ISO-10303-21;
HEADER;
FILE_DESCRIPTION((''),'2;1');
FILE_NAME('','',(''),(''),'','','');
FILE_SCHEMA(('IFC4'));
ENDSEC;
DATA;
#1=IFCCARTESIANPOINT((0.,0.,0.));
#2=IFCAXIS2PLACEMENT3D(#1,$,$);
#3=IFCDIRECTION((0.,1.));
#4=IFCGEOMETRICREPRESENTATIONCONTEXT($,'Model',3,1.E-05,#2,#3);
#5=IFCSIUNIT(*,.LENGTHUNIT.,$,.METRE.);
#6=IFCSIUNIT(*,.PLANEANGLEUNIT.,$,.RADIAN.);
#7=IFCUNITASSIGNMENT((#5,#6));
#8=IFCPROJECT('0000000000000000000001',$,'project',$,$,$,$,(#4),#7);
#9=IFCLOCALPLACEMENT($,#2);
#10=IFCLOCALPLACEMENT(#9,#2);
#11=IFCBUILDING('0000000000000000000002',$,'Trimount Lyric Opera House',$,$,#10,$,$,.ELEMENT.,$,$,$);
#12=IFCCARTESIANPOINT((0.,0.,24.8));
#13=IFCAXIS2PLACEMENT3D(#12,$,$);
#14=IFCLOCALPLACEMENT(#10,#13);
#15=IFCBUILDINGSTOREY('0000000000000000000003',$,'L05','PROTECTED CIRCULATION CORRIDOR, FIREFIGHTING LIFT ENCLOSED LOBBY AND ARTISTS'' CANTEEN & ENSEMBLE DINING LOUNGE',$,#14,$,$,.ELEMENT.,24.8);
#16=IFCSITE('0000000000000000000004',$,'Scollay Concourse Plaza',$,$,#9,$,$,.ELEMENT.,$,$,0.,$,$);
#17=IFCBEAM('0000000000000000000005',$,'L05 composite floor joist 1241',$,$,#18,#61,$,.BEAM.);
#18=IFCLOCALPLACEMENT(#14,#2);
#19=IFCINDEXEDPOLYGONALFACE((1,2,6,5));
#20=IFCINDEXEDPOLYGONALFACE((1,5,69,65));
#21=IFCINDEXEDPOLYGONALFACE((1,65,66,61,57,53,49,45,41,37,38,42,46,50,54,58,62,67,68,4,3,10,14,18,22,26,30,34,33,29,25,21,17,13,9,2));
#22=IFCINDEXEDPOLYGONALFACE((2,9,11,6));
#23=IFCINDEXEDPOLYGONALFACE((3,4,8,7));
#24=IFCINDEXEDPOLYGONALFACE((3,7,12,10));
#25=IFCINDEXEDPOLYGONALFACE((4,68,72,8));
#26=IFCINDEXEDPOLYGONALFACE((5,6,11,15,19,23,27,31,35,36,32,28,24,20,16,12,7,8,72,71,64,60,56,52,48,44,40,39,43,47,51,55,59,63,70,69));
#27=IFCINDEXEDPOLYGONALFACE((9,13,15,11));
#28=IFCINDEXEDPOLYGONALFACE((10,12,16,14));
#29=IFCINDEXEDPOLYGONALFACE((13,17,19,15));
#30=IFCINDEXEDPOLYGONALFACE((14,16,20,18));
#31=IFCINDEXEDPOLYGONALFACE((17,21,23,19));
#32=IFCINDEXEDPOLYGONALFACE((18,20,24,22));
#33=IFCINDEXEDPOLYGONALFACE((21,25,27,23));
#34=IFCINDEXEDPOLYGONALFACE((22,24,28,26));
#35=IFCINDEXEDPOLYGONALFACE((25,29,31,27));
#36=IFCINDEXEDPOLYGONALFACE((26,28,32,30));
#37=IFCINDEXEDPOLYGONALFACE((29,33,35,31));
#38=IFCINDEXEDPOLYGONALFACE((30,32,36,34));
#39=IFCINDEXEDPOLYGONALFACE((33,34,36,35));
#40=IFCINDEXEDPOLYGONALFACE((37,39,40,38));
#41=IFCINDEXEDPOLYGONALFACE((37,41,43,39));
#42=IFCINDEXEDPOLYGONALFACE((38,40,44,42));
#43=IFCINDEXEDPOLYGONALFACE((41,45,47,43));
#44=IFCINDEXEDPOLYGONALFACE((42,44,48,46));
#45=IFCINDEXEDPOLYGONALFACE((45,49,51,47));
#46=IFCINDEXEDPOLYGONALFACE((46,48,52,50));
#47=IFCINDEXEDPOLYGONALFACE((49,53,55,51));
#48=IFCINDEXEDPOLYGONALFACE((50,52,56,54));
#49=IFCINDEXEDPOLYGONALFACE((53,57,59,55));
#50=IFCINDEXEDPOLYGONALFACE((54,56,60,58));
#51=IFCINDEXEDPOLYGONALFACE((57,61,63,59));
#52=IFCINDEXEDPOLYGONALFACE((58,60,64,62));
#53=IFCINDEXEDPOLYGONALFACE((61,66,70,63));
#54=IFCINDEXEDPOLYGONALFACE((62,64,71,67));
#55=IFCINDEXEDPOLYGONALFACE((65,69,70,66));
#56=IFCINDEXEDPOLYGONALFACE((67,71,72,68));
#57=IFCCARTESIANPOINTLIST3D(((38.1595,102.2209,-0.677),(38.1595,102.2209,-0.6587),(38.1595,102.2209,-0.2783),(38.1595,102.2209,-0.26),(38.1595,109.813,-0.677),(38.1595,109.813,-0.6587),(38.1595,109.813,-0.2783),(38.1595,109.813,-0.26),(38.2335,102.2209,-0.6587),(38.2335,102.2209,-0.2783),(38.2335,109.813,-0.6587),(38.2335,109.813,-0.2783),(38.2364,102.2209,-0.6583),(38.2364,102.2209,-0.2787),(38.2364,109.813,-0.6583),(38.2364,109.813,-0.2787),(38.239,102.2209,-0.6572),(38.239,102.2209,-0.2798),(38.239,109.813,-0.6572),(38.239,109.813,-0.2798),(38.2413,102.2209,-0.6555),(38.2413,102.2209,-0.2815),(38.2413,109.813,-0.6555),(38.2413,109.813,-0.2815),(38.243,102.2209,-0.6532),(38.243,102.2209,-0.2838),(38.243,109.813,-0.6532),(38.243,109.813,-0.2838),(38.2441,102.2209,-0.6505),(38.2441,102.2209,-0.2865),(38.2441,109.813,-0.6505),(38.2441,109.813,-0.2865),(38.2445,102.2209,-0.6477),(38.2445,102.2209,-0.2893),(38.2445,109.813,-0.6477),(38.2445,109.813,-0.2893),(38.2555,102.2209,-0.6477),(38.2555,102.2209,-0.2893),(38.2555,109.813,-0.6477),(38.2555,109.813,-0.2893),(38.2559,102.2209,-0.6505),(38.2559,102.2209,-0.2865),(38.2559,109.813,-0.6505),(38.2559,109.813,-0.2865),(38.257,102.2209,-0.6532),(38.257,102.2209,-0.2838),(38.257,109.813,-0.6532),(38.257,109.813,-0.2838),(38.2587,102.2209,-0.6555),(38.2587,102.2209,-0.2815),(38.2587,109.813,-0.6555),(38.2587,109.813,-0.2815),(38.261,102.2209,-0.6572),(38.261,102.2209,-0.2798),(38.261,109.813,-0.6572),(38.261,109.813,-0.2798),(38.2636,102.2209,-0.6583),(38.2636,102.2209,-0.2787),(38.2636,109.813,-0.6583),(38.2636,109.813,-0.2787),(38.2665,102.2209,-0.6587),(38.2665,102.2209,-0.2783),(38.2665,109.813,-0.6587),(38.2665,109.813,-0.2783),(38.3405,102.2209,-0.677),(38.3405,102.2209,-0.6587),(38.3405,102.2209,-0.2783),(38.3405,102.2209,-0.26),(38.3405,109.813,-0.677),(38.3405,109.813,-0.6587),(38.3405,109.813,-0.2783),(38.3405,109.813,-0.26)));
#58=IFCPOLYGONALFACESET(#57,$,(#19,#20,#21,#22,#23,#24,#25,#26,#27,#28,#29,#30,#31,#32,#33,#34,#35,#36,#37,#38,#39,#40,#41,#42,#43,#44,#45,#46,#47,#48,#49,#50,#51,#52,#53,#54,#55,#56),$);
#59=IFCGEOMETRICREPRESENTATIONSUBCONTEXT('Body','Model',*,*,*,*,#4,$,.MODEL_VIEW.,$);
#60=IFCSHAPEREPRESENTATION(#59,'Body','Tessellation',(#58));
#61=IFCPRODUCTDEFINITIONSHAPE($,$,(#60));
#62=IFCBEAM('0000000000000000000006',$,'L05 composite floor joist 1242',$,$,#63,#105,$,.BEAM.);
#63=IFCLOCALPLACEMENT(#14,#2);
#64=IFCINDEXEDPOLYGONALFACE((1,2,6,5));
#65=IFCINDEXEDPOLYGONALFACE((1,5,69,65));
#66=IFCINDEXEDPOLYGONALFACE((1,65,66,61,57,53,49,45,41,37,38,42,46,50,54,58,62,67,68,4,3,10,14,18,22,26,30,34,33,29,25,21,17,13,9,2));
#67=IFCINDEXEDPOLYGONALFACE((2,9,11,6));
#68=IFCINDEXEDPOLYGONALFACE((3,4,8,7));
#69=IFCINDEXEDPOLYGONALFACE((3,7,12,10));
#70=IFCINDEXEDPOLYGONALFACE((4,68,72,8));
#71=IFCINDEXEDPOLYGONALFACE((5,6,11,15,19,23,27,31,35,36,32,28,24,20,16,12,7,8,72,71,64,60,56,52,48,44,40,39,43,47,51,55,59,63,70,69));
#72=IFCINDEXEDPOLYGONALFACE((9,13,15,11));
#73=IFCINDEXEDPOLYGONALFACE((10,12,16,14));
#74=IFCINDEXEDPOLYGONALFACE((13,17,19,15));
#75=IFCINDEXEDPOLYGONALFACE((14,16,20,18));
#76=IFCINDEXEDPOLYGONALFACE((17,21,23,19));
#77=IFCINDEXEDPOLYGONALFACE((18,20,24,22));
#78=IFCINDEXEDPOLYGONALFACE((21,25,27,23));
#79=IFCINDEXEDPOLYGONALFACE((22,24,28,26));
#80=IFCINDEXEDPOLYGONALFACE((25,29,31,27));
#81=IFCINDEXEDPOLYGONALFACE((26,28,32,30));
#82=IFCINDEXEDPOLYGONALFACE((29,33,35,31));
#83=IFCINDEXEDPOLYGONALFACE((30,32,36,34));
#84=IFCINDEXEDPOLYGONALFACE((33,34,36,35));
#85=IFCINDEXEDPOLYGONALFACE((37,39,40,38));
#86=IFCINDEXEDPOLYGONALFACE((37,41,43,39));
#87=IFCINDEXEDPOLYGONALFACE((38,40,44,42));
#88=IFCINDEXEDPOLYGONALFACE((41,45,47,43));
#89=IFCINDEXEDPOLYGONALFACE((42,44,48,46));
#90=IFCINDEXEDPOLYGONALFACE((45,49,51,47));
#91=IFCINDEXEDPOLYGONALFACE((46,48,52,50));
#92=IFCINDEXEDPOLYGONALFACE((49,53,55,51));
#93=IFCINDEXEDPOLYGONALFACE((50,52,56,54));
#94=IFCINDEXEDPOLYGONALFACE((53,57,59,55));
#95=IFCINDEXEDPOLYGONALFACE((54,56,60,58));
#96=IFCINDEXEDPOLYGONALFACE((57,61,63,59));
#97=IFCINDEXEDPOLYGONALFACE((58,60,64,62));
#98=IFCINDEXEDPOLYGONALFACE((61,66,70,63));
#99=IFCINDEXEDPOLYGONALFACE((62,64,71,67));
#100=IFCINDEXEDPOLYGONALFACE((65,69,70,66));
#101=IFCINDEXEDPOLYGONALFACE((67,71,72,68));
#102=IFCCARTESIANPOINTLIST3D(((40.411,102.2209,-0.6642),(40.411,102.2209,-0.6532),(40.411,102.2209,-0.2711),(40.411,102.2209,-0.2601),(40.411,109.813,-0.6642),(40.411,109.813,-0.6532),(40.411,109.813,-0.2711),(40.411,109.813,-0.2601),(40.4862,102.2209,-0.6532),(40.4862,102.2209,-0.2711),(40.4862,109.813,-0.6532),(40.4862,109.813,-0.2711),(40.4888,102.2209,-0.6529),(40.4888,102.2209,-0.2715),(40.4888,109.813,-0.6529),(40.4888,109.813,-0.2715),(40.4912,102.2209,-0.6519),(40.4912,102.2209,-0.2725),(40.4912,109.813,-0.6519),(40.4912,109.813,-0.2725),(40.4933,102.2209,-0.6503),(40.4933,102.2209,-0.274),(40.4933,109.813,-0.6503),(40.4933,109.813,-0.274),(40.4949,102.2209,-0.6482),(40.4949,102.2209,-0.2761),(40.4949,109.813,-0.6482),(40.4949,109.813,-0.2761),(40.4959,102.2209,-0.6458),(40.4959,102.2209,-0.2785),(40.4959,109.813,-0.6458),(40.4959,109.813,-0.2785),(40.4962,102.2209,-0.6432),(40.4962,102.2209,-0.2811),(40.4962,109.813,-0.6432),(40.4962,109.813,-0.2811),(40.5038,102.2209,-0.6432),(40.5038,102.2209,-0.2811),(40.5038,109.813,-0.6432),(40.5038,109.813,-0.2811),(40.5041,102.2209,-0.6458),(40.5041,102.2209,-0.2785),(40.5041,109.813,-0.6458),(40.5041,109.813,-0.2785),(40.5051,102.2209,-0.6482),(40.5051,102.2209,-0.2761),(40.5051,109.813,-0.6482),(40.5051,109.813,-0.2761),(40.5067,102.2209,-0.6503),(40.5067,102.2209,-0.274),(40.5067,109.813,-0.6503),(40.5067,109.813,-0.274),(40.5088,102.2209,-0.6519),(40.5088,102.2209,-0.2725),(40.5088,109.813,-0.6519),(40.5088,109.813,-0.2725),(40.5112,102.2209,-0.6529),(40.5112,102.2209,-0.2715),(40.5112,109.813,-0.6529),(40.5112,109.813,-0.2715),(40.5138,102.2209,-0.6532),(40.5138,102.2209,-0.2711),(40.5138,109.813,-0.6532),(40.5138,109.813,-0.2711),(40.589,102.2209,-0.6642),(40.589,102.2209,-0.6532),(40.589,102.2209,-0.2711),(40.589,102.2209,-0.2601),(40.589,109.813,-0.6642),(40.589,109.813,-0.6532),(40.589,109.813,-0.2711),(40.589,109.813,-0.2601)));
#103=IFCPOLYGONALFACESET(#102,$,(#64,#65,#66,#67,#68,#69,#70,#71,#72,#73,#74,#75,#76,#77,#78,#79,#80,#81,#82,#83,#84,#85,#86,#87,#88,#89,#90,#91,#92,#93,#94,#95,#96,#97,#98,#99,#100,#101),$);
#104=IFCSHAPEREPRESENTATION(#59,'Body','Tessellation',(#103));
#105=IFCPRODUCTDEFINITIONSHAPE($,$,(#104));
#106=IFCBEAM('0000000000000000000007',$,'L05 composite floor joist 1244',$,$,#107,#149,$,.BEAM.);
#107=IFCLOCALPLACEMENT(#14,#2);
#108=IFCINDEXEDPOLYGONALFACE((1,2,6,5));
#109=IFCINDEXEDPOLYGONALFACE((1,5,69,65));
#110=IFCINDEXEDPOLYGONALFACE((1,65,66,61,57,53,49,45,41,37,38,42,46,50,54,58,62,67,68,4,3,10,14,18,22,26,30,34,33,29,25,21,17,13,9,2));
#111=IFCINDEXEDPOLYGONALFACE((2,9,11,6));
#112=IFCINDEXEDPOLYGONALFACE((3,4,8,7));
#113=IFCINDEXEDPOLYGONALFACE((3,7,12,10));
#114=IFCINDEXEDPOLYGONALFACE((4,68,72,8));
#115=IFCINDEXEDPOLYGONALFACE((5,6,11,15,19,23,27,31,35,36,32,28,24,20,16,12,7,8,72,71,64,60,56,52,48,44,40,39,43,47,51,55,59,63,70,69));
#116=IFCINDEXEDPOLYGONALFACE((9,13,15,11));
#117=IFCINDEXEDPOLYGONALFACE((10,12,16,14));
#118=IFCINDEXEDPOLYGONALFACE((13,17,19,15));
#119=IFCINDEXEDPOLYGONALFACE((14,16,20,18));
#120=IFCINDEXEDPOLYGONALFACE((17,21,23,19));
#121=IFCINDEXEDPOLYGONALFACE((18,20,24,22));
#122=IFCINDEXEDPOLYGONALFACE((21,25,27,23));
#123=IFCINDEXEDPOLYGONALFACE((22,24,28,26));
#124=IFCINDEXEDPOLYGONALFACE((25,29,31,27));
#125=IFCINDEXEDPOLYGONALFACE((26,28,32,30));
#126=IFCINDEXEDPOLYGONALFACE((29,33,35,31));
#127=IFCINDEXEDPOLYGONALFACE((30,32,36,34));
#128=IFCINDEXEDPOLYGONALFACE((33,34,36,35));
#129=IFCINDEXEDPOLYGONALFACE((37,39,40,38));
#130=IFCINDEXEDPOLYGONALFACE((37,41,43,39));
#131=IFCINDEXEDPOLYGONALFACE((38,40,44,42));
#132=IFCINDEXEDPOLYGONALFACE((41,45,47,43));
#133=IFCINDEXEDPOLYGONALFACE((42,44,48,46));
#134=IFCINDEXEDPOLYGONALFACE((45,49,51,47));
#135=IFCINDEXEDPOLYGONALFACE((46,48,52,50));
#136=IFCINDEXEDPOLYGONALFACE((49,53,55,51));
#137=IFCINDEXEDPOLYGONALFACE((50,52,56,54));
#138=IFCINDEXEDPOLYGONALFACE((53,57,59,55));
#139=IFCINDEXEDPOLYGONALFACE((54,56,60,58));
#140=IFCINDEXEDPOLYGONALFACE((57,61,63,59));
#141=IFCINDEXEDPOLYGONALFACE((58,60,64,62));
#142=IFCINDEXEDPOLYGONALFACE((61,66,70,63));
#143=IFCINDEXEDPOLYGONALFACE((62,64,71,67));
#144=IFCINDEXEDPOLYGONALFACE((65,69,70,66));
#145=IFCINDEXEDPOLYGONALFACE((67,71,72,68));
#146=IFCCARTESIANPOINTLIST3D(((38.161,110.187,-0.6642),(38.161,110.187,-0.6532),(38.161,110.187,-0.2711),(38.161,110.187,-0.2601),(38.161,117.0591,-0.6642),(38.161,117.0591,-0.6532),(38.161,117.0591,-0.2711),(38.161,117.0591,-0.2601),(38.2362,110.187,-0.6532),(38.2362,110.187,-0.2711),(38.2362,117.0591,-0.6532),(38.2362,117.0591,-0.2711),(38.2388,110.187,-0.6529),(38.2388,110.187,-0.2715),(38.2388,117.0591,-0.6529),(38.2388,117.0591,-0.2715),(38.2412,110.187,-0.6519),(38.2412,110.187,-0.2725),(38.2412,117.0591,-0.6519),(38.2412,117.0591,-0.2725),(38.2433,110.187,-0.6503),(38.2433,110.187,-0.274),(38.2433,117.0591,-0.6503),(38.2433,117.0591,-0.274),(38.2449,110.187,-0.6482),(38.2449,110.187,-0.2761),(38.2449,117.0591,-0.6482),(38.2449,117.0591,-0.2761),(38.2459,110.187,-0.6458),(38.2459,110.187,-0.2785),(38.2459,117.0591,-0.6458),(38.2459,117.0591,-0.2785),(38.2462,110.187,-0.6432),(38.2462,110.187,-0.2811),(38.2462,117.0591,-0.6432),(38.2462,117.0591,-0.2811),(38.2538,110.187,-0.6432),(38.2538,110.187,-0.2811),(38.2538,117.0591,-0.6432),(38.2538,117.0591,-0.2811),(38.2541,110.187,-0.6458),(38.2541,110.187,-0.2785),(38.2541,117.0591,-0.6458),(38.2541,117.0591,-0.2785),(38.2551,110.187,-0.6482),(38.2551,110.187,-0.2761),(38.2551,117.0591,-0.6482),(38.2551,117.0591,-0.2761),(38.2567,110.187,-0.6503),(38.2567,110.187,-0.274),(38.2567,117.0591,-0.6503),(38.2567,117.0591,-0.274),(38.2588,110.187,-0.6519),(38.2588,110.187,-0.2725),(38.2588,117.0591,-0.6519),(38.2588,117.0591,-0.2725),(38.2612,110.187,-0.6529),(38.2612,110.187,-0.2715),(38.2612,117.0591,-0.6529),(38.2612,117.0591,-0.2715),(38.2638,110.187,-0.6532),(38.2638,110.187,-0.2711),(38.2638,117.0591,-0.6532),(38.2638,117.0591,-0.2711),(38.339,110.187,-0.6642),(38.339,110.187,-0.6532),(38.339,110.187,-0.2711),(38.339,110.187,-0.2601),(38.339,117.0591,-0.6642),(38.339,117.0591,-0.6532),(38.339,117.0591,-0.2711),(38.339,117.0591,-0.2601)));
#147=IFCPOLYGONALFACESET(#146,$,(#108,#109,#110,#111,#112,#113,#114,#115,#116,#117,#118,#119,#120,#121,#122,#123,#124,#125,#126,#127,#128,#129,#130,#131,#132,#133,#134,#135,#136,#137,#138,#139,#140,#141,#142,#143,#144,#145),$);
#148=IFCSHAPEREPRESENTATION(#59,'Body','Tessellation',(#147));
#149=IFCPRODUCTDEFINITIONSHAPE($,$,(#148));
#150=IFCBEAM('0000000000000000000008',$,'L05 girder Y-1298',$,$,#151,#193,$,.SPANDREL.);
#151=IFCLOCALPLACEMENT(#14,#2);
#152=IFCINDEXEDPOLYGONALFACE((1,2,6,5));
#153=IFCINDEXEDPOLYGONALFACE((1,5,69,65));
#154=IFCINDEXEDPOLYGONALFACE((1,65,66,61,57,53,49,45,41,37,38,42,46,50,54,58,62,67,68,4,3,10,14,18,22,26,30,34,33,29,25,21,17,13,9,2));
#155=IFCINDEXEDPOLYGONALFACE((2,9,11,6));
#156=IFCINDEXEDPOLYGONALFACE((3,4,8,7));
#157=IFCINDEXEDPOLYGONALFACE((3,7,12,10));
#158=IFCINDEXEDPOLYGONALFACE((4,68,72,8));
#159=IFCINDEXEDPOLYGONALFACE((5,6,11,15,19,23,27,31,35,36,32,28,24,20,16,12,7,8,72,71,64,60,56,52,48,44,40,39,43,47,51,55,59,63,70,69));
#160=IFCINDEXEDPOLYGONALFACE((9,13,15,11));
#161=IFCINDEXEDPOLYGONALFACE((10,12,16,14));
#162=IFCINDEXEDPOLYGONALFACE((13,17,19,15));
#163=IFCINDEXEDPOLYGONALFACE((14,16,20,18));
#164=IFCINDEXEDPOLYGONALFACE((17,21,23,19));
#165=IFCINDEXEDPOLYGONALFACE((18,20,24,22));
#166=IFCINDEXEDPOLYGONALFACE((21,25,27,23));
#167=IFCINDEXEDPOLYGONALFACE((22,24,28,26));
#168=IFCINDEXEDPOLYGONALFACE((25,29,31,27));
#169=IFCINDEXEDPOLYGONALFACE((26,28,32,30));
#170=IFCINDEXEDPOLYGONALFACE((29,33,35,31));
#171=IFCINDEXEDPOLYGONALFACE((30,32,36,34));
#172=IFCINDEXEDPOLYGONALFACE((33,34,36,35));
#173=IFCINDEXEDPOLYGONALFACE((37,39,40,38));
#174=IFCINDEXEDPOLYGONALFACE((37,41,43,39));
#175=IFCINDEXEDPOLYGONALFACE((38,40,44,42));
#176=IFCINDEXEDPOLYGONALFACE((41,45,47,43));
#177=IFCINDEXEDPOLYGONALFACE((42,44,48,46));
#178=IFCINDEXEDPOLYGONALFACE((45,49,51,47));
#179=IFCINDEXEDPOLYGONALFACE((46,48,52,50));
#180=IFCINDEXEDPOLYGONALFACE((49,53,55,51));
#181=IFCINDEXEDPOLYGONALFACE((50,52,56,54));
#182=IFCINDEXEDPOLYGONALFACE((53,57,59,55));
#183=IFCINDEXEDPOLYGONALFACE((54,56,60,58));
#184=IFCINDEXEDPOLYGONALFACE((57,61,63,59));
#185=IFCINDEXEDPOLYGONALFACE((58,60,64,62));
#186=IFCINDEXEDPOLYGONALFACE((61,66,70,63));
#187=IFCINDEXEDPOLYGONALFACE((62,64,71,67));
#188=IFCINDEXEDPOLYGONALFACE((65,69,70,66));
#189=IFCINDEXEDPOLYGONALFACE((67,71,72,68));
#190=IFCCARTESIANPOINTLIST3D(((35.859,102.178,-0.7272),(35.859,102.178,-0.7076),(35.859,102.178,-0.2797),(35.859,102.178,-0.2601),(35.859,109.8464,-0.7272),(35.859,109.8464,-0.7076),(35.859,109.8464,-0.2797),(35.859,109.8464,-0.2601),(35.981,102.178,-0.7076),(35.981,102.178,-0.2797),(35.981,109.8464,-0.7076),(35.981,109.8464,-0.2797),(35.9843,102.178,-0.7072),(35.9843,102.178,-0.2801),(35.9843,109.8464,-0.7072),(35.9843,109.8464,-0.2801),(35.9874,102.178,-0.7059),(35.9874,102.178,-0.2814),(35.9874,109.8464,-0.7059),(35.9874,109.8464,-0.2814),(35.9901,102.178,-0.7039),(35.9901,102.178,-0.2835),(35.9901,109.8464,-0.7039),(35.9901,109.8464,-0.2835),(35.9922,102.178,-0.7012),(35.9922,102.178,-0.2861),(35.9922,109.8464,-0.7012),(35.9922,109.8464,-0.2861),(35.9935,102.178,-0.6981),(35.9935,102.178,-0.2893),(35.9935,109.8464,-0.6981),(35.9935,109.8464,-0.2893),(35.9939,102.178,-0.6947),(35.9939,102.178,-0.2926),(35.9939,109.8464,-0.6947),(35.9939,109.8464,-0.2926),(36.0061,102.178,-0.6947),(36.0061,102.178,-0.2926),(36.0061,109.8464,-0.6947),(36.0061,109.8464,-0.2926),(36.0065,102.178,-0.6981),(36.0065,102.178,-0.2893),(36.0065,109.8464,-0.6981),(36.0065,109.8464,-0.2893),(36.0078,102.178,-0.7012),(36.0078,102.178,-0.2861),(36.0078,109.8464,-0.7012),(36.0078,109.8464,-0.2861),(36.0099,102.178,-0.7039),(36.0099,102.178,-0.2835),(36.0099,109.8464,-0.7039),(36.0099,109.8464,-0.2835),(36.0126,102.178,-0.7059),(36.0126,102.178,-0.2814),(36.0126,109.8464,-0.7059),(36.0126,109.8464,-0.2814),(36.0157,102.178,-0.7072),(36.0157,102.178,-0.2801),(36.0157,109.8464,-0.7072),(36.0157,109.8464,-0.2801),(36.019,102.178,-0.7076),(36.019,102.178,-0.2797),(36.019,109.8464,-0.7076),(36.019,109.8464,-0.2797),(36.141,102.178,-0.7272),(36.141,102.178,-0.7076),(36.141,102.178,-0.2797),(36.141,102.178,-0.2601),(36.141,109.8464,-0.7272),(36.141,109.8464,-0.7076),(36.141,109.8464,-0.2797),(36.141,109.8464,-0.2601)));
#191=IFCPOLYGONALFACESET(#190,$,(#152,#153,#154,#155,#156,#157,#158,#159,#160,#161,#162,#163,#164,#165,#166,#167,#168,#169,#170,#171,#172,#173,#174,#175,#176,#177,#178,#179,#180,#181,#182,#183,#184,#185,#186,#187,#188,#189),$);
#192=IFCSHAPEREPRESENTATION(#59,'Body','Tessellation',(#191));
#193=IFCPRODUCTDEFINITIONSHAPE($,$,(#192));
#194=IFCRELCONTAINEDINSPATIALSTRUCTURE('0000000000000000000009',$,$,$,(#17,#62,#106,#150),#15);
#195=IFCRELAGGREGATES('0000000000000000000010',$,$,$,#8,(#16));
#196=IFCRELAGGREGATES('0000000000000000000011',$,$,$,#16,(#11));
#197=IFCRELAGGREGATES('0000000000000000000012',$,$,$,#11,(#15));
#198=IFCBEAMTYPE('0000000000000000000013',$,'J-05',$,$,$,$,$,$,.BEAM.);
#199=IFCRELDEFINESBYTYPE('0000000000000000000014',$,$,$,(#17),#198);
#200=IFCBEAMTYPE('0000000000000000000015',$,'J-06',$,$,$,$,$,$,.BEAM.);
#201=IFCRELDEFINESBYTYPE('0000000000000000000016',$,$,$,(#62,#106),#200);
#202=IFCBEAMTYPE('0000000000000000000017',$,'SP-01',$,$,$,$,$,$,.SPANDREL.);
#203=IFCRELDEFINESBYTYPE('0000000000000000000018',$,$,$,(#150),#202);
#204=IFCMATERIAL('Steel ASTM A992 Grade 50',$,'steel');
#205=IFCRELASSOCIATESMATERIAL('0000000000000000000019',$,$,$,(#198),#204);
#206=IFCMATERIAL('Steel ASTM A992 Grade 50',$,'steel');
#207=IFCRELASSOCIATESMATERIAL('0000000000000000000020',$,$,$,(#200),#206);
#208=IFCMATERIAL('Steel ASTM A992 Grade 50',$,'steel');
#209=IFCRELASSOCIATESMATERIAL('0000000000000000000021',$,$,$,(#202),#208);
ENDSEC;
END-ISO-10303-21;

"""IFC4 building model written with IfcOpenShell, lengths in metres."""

from ifc_helpers import new_model, si_unit, direction, frame, origin, origin_2d, place, context, subcontext, project, spatial, i_section, extrude, material, material_profile, profile_set, type_object, element, save


model = new_model("IFC4")

# Units and contexts
model_context = context("Model", 3, precision=1e-05, world=origin(), true_north=direction((0.0, 1.0)))
body_context = subcontext(model_context, "Body", "Model", "MODEL_VIEW")
ifc_project = project(units=[si_unit("LENGTHUNIT", "METRE"), si_unit("PLANEANGLEUNIT", "RADIAN")], contexts=[model_context])

# Site, building, storey
site_placement = place(None, origin())
site = spatial("IfcSite", under=ifc_project, at=site_placement, Name="Scollay Concourse Plaza", CompositionType="ELEMENT", RefElevation=0.0)
building_placement = place(site_placement, origin())
building = spatial("IfcBuilding", under=site, at=building_placement, Name="Trimount Lyric Opera House", CompositionType="ELEMENT")
storey_placement = place(building_placement, frame((0.0, 0.0, 24.8)))
storey = spatial("IfcBuildingStorey", under=building, at=storey_placement, Name="L05", Description="PROTECTED CIRCULATION CORRIDOR, FIREFIGHTING LIFT ENCLOSED LOBBY AND ARTISTS' CANTEEN & ENSEMBLE DINING LOUNGE", CompositionType="ELEMENT", Elevation=24.8)

# Beams
ifc_material_1 = material(Name="Steel ASTM A992 Grade 50", Category="steel")
ifc_material_profile_1 = material_profile(ifc_material_1, i_section(OverallWidth=0.1809, OverallDepth=0.417, WebThickness=0.011, FlangeThickness=0.0183, FilletRadius=0.011, at=origin_2d()), Name="W16X57")
ifc_profile_set_1 = profile_set([ifc_material_profile_1], Name="Steel ASTM A992 Grade 50")
beam_type_1 = type_object("IfcBeamType", Name="J-05", PredefinedType="BEAM", material=ifc_profile_set_1)
beam_1_placement = place(storey_placement, frame((38.25, 102.2209, -0.4685), z_axis=(0.0, 1.0, 0.0), x_axis=(-1.0, 0.0, 0.0)))
element("IfcBeam", 1, at=beam_1_placement, inside=storey, type_object=beam_type_1, Name="L05 composite floor joist 1241", PredefinedType="BEAM", context=body_context, shape_type="SweptSolid", body=[
    extrude(i_section(OverallWidth=0.1809, OverallDepth=0.417, WebThickness=0.011, FlangeThickness=0.0183, FilletRadius=0.011, at=origin_2d()), origin(), (0.0, 0.0, 1.0), 7.592),
])
ifc_material_2 = material(Name="Steel ASTM A992 Grade 50", Category="steel")
ifc_material_profile_2 = material_profile(ifc_material_2, i_section(OverallWidth=0.178, OverallDepth=0.4041, WebThickness=0.0076, FlangeThickness=0.011, FilletRadius=0.01, at=origin_2d()), Name="W16X36")
ifc_profile_set_2 = profile_set([ifc_material_profile_2], Name="Steel ASTM A992 Grade 50")
beam_type_2 = type_object("IfcBeamType", Name="J-06", PredefinedType="BEAM", material=ifc_profile_set_2)
beam_2_placement = place(storey_placement, frame((40.5, 102.2209, -0.4622), z_axis=(0.0, 1.0, 0.0), x_axis=(-1.0, 0.0, 0.0)))
element("IfcBeam", 2, at=beam_2_placement, inside=storey, type_object=beam_type_2, Name="L05 composite floor joist 1242", PredefinedType="BEAM", context=body_context, shape_type="SweptSolid", body=[
    extrude(i_section(OverallWidth=0.178, OverallDepth=0.4041, WebThickness=0.0076, FlangeThickness=0.011, FilletRadius=0.01, at=origin_2d()), origin(), (0.0, 0.0, 1.0), 7.592),
])
beam_3_placement = place(storey_placement, frame((38.25, 110.187, -0.4622), z_axis=(0.0, 1.0, 0.0), x_axis=(-1.0, 0.0, 0.0)))
element("IfcBeam", 3, at=beam_3_placement, inside=storey, type_object=beam_type_2, Name="L05 composite floor joist 1244", PredefinedType="BEAM", context=body_context, shape_type="SweptSolid", body=[
    extrude(i_section(OverallWidth=0.178, OverallDepth=0.4041, WebThickness=0.0076, FlangeThickness=0.011, FilletRadius=0.01, at=origin_2d()), origin(), (0.0, 0.0, 1.0), 6.8721),
])
ifc_material_3 = material(Name="Steel ASTM A992 Grade 50", Category="steel")
ifc_material_profile_3 = material_profile(ifc_material_3, i_section(OverallWidth=0.282, OverallDepth=0.467, WebThickness=0.0122, FlangeThickness=0.0195, FilletRadius=0.0129, at=origin_2d()), Name="W18X86")
ifc_profile_set_3 = profile_set([ifc_material_profile_3], Name="Steel ASTM A992 Grade 50")
beam_type_3 = type_object("IfcBeamType", Name="SP-01", PredefinedType="SPANDREL", material=ifc_profile_set_3)
beam_4_placement = place(storey_placement, frame((36.0, 102.178, -0.4937), z_axis=(0.0, 1.0, 0.0), x_axis=(-1.0, 0.0, 0.0)))
element("IfcBeam", 4, at=beam_4_placement, inside=storey, type_object=beam_type_3, Name="L05 girder Y-1298", PredefinedType="SPANDREL", context=body_context, shape_type="SweptSolid", body=[
    extrude(i_section(OverallWidth=0.282, OverallDepth=0.467, WebThickness=0.0122, FlangeThickness=0.0195, FilletRadius=0.0129, at=origin_2d()), origin(), (0.0, 0.0, 1.0), 7.6685),
])

save(model, "model.ifc")
